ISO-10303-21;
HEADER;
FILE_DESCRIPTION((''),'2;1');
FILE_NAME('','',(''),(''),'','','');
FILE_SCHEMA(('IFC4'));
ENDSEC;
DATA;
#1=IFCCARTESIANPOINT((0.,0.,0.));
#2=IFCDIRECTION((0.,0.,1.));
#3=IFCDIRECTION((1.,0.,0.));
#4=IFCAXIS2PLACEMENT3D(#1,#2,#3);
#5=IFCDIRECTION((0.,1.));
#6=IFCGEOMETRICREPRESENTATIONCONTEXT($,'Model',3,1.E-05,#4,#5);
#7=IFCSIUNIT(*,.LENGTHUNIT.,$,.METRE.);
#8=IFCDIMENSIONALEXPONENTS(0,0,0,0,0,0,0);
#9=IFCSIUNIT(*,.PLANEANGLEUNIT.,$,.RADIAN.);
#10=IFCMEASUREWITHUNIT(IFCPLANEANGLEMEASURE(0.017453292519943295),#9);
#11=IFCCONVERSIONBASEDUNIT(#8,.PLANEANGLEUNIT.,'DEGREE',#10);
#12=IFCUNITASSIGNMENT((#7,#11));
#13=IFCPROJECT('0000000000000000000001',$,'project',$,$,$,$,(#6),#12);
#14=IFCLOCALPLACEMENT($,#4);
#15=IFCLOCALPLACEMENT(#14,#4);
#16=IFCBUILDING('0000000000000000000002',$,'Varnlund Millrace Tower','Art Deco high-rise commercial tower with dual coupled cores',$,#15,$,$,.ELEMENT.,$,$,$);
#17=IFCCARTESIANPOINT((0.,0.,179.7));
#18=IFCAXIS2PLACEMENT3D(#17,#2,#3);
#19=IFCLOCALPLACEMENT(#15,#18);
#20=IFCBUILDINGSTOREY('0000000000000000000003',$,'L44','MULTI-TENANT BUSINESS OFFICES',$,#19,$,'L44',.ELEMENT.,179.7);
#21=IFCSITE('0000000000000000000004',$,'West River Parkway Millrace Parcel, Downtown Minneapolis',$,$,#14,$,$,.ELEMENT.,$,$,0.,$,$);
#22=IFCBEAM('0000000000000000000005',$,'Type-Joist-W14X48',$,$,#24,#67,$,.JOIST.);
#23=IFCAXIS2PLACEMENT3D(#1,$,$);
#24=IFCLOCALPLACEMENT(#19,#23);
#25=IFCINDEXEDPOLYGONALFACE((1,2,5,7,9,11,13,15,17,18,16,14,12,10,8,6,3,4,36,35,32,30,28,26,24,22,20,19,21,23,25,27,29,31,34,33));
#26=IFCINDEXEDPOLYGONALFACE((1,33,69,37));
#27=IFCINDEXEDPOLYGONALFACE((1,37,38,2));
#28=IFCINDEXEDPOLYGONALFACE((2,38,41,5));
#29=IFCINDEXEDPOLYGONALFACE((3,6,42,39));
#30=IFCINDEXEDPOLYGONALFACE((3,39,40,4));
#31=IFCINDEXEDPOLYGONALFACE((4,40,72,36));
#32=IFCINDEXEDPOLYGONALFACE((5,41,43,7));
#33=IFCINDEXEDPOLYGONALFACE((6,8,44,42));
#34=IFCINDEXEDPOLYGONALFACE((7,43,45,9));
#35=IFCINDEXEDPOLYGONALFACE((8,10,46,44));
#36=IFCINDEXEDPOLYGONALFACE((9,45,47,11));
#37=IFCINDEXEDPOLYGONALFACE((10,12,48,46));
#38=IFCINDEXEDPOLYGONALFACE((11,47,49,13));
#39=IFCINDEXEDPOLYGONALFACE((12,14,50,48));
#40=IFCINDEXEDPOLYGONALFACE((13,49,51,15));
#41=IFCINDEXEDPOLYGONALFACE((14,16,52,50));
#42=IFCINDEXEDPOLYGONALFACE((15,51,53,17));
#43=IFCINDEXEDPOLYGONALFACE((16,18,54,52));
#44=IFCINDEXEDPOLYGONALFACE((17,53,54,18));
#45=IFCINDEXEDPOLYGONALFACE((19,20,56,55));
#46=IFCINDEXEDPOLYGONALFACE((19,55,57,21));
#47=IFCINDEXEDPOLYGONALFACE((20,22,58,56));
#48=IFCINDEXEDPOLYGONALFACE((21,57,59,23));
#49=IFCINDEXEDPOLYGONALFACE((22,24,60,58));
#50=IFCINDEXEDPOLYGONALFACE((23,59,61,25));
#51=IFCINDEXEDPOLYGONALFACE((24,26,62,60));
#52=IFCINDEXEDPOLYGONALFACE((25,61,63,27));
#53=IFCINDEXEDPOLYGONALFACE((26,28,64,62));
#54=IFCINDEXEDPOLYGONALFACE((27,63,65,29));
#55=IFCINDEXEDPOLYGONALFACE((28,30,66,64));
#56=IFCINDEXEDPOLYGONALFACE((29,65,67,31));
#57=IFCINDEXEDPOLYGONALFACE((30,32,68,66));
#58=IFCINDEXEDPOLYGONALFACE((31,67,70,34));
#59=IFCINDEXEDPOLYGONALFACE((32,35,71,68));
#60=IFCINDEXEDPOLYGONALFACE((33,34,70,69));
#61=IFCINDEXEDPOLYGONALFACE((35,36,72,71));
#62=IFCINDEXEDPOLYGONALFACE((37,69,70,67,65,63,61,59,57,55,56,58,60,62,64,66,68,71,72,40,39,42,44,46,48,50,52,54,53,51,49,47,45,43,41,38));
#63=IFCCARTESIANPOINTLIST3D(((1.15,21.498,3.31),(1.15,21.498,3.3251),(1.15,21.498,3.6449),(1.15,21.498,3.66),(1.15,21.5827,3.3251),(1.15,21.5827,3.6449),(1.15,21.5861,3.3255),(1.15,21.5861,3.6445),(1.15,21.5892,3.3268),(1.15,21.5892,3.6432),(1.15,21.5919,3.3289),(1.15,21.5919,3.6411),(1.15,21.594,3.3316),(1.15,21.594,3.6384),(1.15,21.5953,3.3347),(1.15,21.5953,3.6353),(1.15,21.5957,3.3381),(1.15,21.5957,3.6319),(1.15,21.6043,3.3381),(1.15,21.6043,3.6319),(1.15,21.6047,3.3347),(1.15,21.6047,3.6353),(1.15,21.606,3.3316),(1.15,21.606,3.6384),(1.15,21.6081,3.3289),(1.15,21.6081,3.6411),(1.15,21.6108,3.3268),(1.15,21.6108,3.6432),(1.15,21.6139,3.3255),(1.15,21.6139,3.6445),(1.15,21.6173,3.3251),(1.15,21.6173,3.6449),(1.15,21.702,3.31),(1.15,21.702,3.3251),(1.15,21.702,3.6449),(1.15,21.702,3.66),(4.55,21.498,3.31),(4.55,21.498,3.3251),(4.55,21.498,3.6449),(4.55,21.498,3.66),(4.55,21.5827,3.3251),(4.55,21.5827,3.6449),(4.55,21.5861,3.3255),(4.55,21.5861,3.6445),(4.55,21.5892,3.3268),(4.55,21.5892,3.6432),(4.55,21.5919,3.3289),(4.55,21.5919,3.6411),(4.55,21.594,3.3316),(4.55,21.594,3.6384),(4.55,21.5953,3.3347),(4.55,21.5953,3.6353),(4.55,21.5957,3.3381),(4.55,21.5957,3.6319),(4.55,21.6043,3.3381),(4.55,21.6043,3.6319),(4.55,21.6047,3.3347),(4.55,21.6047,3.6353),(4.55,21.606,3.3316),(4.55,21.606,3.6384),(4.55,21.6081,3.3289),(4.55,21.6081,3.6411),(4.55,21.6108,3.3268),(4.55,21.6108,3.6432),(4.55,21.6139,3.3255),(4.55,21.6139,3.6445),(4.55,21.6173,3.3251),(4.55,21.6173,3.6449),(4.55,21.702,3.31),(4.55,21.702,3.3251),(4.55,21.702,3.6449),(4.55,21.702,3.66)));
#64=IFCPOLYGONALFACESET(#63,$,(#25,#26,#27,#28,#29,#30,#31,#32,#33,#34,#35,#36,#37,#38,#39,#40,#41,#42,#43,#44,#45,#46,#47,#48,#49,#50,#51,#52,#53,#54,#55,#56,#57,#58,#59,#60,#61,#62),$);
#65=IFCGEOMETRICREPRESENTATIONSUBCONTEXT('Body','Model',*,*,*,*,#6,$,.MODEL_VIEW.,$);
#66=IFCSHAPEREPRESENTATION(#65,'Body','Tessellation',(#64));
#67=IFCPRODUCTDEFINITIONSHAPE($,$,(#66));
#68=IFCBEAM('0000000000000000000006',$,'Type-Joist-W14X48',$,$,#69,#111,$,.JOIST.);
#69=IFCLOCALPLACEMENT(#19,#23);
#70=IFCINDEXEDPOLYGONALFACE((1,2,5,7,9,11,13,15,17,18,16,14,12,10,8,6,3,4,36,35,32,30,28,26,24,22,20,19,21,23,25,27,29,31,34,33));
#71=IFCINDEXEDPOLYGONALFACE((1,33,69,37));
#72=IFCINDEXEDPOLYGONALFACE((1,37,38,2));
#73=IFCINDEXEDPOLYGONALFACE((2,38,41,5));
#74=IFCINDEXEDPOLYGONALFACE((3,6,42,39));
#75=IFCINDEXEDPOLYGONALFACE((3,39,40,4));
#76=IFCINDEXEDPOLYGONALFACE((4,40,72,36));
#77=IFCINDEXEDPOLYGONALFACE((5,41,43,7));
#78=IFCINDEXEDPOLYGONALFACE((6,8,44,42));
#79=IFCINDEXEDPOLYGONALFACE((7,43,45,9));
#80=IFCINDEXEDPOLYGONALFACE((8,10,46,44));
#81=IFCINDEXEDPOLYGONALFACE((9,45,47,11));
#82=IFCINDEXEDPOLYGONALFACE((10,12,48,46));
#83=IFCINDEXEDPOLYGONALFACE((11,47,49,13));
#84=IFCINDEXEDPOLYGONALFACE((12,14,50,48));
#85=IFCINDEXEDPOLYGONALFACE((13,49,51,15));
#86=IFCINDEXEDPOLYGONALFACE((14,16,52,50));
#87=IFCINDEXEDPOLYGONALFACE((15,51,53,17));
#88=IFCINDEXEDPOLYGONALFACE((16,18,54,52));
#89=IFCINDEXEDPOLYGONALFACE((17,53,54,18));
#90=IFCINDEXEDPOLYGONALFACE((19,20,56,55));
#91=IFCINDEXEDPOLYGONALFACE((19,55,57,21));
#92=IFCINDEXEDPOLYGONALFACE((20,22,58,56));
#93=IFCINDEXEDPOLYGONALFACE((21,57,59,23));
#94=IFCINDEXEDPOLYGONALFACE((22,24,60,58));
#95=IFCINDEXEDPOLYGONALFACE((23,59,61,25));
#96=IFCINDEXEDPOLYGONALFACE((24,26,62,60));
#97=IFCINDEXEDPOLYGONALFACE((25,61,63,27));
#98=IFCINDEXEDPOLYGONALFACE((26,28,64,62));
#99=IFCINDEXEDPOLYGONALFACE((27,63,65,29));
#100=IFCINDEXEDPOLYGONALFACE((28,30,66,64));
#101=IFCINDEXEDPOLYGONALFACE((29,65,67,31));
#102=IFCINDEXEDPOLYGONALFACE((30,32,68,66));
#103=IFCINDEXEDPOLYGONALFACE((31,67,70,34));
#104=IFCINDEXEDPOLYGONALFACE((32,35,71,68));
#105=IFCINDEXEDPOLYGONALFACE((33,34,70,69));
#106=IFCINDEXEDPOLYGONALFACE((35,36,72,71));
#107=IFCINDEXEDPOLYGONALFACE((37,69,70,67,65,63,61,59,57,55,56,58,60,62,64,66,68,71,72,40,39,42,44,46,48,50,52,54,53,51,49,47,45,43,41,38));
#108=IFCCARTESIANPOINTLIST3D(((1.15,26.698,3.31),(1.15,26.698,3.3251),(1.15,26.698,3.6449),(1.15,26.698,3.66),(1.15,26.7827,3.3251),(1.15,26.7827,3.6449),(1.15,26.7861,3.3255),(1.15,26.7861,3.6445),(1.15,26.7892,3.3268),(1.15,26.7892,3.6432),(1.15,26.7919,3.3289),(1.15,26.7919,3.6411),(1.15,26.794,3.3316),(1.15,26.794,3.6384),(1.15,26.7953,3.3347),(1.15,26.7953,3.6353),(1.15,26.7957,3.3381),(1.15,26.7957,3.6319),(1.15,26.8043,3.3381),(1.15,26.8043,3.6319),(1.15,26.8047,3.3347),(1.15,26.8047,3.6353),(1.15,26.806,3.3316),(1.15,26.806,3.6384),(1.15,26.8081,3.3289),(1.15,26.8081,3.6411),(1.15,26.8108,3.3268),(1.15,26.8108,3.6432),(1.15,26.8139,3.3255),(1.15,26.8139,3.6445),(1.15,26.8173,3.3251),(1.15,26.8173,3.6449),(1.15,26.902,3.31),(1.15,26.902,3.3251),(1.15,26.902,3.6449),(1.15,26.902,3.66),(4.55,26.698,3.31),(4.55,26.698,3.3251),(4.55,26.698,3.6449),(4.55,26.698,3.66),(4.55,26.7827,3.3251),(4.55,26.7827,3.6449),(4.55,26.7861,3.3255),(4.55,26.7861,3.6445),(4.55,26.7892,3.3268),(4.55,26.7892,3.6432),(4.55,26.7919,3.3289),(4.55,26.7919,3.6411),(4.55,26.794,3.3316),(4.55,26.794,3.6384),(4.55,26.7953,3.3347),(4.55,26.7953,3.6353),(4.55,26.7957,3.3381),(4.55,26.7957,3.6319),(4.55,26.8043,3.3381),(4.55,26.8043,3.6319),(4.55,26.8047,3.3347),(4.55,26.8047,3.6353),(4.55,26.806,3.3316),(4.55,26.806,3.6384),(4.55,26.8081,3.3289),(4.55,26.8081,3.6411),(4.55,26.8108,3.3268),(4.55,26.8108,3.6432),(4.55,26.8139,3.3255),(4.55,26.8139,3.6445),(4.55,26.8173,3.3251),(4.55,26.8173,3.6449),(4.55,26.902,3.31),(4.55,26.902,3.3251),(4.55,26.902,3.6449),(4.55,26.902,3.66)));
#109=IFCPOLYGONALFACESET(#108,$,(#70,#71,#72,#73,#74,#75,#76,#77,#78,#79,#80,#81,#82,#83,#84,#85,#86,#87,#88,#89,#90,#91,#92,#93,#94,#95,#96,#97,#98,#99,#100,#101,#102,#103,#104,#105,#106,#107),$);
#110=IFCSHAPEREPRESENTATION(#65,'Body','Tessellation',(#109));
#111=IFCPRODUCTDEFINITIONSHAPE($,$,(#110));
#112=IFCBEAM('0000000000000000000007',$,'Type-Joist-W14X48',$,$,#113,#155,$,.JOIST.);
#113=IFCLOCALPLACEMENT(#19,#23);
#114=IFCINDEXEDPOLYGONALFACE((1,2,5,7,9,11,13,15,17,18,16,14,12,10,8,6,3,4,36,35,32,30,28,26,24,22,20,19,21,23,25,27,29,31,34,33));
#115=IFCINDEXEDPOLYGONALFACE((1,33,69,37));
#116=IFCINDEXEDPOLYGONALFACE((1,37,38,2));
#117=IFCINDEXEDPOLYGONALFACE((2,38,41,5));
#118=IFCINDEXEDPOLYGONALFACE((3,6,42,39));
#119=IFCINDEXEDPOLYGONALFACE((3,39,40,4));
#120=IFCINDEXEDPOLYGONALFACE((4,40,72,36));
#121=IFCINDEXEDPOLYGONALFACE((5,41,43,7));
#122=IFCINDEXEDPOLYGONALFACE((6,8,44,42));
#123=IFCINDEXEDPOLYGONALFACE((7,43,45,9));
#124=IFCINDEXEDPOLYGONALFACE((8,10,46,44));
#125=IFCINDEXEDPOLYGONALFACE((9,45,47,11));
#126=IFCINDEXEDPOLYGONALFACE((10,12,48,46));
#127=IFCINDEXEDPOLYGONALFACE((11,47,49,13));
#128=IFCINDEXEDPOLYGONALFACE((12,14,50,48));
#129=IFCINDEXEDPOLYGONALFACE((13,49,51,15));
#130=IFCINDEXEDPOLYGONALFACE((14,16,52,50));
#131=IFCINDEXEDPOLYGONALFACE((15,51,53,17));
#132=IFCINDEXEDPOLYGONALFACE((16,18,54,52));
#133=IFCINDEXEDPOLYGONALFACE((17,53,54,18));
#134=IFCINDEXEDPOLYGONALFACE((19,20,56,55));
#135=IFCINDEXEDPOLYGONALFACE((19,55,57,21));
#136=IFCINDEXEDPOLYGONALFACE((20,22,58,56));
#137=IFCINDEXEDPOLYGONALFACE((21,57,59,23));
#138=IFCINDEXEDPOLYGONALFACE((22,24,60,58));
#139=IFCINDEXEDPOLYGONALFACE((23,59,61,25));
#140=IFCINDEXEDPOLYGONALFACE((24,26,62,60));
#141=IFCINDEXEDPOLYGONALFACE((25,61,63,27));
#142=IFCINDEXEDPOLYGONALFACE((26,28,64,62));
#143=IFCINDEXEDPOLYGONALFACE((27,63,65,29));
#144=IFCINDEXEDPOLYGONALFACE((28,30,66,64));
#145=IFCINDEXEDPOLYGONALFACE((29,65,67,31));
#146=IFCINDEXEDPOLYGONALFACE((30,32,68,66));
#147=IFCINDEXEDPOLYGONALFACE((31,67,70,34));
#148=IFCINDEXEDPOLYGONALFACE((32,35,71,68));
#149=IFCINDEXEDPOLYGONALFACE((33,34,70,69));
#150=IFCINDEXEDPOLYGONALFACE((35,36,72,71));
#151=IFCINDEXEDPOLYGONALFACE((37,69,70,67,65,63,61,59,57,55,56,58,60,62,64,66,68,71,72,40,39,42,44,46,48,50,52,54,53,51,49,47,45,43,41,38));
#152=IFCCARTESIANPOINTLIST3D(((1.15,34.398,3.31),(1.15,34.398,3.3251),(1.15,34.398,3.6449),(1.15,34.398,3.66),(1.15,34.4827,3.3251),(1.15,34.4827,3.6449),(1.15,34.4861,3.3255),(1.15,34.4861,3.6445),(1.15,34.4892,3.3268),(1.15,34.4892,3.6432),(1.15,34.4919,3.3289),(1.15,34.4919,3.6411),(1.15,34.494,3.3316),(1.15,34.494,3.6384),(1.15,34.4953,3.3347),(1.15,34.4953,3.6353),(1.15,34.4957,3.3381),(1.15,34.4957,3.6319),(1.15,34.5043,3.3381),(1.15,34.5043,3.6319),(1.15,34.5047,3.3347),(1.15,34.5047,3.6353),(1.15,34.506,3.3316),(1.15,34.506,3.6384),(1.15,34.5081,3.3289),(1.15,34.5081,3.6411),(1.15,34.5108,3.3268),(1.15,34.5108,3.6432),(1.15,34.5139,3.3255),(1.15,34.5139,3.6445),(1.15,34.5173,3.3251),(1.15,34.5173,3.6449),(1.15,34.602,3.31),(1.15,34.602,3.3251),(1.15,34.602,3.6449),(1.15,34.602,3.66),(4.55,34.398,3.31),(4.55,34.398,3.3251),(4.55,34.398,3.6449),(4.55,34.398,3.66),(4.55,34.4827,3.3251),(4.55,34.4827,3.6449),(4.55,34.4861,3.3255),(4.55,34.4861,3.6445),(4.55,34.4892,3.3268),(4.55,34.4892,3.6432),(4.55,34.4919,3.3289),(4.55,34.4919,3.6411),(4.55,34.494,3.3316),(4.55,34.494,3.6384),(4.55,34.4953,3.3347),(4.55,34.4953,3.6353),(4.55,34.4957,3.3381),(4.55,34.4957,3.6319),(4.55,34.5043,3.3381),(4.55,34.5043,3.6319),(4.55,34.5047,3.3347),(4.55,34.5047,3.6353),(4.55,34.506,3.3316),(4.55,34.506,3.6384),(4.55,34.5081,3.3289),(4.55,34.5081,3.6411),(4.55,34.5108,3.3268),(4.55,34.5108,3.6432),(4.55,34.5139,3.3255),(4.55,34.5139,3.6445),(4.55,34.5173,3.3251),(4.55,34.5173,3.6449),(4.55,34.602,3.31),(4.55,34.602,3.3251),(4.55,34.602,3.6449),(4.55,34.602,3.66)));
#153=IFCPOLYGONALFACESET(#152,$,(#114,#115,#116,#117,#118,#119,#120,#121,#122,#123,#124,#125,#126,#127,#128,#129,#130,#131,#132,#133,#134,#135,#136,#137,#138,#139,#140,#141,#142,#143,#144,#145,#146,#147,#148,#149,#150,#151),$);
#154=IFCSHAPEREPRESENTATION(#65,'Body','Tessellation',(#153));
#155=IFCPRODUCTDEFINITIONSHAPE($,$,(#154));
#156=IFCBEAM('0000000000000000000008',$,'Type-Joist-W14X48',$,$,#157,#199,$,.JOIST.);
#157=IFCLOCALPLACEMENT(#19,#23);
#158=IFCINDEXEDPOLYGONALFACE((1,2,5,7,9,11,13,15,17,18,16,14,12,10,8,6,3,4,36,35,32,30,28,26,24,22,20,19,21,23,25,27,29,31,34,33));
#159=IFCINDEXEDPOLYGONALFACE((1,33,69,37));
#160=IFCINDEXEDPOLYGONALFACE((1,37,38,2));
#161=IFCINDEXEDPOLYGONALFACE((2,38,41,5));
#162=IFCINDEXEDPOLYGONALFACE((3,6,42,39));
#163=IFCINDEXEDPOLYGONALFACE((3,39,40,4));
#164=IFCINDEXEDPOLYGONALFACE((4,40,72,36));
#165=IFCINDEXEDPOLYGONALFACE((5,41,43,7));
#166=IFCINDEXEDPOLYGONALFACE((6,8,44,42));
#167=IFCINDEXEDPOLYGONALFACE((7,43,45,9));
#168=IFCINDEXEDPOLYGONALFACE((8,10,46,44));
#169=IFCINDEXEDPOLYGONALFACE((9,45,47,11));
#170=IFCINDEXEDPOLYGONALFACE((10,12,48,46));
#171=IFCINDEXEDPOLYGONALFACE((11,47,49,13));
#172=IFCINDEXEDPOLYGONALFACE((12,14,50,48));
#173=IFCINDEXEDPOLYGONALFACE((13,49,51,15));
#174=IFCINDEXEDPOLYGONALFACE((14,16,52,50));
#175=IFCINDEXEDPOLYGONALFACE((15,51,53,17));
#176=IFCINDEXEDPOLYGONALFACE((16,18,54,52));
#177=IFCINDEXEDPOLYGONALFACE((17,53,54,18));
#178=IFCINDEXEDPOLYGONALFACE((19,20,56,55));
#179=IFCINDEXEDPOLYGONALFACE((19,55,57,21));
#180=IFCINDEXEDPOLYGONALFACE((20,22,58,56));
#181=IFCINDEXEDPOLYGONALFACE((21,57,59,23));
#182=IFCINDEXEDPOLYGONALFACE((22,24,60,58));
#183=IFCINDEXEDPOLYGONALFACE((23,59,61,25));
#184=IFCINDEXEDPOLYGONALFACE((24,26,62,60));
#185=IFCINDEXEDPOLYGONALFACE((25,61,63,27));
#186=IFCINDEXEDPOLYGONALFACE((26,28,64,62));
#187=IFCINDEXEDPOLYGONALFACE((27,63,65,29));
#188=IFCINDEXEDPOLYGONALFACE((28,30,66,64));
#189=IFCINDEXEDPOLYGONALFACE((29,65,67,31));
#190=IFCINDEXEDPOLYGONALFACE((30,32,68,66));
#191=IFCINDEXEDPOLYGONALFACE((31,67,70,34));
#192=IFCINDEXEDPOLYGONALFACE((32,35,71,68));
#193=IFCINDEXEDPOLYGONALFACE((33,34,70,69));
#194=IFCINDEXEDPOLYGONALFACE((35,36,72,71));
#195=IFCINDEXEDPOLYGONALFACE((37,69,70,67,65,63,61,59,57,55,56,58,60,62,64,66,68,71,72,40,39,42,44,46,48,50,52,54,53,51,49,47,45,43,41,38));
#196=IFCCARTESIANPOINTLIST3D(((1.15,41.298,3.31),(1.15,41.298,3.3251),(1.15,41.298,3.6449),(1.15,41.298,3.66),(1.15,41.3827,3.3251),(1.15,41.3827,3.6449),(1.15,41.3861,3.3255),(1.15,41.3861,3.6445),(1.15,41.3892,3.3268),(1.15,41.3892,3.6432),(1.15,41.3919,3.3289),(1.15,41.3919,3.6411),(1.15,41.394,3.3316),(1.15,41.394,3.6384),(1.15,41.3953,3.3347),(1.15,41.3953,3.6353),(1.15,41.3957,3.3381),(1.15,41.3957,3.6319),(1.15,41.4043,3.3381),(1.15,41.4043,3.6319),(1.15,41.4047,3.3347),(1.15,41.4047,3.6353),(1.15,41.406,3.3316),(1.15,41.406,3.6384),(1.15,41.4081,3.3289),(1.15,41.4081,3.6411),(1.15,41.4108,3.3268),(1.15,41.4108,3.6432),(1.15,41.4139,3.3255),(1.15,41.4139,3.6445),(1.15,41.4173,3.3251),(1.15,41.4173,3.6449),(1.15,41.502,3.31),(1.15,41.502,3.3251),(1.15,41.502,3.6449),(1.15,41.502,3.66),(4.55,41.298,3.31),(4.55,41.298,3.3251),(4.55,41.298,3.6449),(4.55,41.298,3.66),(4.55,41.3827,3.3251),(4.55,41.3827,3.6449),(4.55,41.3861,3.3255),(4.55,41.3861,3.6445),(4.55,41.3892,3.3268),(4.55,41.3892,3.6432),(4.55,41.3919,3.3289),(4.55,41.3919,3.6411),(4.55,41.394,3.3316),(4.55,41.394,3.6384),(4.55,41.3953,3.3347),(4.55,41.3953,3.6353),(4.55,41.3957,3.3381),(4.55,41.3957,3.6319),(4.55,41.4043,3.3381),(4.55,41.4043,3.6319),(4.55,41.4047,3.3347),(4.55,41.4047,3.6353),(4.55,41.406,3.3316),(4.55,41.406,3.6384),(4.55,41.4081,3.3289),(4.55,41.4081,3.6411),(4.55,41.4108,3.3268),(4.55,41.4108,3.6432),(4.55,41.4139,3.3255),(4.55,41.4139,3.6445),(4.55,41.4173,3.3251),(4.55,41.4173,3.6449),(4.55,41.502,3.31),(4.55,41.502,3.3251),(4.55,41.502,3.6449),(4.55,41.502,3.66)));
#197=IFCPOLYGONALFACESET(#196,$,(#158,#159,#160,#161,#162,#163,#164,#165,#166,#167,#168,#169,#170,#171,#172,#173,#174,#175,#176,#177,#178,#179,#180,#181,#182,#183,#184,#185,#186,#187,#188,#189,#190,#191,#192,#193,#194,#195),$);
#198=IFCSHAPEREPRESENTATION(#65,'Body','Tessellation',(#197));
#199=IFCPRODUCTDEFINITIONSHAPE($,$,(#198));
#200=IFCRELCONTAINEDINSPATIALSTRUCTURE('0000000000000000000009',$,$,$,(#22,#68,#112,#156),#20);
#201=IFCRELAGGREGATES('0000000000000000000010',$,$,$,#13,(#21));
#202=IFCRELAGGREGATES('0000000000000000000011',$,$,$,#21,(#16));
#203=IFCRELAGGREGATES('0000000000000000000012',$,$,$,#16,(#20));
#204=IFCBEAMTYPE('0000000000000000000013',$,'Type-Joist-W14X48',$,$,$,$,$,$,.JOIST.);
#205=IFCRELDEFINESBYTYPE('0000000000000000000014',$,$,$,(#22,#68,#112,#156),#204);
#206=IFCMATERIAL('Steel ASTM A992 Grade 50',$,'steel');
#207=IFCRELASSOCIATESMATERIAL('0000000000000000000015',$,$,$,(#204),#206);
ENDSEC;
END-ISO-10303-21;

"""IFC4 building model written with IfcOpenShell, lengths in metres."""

from ifc_helpers import new_model, entity, si_unit, converted_unit, direction, frame, origin_with_axes, origin_2d_with_axis, place, context, subcontext, project, spatial, i_section, extrude, material, material_profile, profile_set, type_object, element, save


model = new_model("IFC4")

# Units and contexts
model_context = context("Model", 3, precision=1e-05, world=origin_with_axes(), true_north=direction((0.0, 1.0)))
body_context = subcontext(model_context, "Body", "Model", "MODEL_VIEW")
ifc_project = project(units=[si_unit("LENGTHUNIT", "METRE"), converted_unit("PLANEANGLEUNIT", "DEGREE", entity("IfcPlaneAngleMeasure", 0.017453292519943295), si_unit("PLANEANGLEUNIT", "RADIAN"), dimensions=[0, 0, 0, 0, 0, 0, 0])], contexts=[model_context])

# Site, building, storey
site_placement = place(None, origin_with_axes())
site = spatial("IfcSite", under=ifc_project, at=site_placement, Name="West River Parkway Millrace Parcel, Downtown Minneapolis", CompositionType="ELEMENT", RefElevation=0.0)
building_placement = place(site_placement, origin_with_axes())
building = spatial("IfcBuilding", under=site, at=building_placement, Name="Varnlund Millrace Tower", Description="Art Deco high-rise commercial tower with dual coupled cores", CompositionType="ELEMENT")
storey_placement = place(building_placement, frame((0.0, 0.0, 179.7), z_axis=(0.0, 0.0, 1.0), x_axis=(1.0, 0.0, 0.0)))
storey = spatial("IfcBuildingStorey", under=building, at=storey_placement, Name="L44", Description="MULTI-TENANT BUSINESS OFFICES", LongName="L44", CompositionType="ELEMENT", Elevation=179.7)

# Beams
ifc_material_1 = material(Name="Steel ASTM A992 Grade 50", Category="steel")
ifc_material_profile_1 = material_profile(ifc_material_1, i_section(OverallWidth=0.204, OverallDepth=0.35, WebThickness=0.0086, FlangeThickness=0.0151, FilletRadius=0.013, at=origin_2d_with_axis()), Name="Steel ASTM A992 Grade 50")
ifc_profile_set_1 = profile_set([ifc_material_profile_1], Name="Steel ASTM A992 Grade 50")
beam_type_1 = type_object("IfcBeamType", Name="Type-Joist-W14X48", PredefinedType="JOIST", material=ifc_profile_set_1)
for number, where, z_axis, x_axis, name in (
    (1, (1.15, 21.6, 3.485), (1.0, 0.0, 0.0), (0.0, 1.0, 0.0), "Type-Joist-W14X48"),
    (2, (1.15, 26.8, 3.485), (1.0, 0.0, 0.0), (0.0, 1.0, 0.0), "Type-Joist-W14X48"),
    (3, (1.15, 34.5, 3.485), (1.0, 0.0, 0.0), (0.0, 1.0, 0.0), "Type-Joist-W14X48"),
    (4, (1.15, 41.4, 3.485), (1.0, 0.0, 0.0), (0.0, 1.0, 0.0), "Type-Joist-W14X48"),
):
    element("IfcBeam", number, at=place(storey_placement, frame(where, z_axis=z_axis, x_axis=x_axis)), inside=storey, type_object=beam_type_1, Name=name, PredefinedType="JOIST", context=body_context, shape_type="SweptSolid", body=[
        extrude(i_section(OverallWidth=0.204, OverallDepth=0.35, WebThickness=0.0086, FlangeThickness=0.0151, FilletRadius=0.013, at=origin_2d_with_axis()), origin_with_axes(), (0.0, 0.0, 1.0), 3.4),
    ])

save(model, "model.ifc")
